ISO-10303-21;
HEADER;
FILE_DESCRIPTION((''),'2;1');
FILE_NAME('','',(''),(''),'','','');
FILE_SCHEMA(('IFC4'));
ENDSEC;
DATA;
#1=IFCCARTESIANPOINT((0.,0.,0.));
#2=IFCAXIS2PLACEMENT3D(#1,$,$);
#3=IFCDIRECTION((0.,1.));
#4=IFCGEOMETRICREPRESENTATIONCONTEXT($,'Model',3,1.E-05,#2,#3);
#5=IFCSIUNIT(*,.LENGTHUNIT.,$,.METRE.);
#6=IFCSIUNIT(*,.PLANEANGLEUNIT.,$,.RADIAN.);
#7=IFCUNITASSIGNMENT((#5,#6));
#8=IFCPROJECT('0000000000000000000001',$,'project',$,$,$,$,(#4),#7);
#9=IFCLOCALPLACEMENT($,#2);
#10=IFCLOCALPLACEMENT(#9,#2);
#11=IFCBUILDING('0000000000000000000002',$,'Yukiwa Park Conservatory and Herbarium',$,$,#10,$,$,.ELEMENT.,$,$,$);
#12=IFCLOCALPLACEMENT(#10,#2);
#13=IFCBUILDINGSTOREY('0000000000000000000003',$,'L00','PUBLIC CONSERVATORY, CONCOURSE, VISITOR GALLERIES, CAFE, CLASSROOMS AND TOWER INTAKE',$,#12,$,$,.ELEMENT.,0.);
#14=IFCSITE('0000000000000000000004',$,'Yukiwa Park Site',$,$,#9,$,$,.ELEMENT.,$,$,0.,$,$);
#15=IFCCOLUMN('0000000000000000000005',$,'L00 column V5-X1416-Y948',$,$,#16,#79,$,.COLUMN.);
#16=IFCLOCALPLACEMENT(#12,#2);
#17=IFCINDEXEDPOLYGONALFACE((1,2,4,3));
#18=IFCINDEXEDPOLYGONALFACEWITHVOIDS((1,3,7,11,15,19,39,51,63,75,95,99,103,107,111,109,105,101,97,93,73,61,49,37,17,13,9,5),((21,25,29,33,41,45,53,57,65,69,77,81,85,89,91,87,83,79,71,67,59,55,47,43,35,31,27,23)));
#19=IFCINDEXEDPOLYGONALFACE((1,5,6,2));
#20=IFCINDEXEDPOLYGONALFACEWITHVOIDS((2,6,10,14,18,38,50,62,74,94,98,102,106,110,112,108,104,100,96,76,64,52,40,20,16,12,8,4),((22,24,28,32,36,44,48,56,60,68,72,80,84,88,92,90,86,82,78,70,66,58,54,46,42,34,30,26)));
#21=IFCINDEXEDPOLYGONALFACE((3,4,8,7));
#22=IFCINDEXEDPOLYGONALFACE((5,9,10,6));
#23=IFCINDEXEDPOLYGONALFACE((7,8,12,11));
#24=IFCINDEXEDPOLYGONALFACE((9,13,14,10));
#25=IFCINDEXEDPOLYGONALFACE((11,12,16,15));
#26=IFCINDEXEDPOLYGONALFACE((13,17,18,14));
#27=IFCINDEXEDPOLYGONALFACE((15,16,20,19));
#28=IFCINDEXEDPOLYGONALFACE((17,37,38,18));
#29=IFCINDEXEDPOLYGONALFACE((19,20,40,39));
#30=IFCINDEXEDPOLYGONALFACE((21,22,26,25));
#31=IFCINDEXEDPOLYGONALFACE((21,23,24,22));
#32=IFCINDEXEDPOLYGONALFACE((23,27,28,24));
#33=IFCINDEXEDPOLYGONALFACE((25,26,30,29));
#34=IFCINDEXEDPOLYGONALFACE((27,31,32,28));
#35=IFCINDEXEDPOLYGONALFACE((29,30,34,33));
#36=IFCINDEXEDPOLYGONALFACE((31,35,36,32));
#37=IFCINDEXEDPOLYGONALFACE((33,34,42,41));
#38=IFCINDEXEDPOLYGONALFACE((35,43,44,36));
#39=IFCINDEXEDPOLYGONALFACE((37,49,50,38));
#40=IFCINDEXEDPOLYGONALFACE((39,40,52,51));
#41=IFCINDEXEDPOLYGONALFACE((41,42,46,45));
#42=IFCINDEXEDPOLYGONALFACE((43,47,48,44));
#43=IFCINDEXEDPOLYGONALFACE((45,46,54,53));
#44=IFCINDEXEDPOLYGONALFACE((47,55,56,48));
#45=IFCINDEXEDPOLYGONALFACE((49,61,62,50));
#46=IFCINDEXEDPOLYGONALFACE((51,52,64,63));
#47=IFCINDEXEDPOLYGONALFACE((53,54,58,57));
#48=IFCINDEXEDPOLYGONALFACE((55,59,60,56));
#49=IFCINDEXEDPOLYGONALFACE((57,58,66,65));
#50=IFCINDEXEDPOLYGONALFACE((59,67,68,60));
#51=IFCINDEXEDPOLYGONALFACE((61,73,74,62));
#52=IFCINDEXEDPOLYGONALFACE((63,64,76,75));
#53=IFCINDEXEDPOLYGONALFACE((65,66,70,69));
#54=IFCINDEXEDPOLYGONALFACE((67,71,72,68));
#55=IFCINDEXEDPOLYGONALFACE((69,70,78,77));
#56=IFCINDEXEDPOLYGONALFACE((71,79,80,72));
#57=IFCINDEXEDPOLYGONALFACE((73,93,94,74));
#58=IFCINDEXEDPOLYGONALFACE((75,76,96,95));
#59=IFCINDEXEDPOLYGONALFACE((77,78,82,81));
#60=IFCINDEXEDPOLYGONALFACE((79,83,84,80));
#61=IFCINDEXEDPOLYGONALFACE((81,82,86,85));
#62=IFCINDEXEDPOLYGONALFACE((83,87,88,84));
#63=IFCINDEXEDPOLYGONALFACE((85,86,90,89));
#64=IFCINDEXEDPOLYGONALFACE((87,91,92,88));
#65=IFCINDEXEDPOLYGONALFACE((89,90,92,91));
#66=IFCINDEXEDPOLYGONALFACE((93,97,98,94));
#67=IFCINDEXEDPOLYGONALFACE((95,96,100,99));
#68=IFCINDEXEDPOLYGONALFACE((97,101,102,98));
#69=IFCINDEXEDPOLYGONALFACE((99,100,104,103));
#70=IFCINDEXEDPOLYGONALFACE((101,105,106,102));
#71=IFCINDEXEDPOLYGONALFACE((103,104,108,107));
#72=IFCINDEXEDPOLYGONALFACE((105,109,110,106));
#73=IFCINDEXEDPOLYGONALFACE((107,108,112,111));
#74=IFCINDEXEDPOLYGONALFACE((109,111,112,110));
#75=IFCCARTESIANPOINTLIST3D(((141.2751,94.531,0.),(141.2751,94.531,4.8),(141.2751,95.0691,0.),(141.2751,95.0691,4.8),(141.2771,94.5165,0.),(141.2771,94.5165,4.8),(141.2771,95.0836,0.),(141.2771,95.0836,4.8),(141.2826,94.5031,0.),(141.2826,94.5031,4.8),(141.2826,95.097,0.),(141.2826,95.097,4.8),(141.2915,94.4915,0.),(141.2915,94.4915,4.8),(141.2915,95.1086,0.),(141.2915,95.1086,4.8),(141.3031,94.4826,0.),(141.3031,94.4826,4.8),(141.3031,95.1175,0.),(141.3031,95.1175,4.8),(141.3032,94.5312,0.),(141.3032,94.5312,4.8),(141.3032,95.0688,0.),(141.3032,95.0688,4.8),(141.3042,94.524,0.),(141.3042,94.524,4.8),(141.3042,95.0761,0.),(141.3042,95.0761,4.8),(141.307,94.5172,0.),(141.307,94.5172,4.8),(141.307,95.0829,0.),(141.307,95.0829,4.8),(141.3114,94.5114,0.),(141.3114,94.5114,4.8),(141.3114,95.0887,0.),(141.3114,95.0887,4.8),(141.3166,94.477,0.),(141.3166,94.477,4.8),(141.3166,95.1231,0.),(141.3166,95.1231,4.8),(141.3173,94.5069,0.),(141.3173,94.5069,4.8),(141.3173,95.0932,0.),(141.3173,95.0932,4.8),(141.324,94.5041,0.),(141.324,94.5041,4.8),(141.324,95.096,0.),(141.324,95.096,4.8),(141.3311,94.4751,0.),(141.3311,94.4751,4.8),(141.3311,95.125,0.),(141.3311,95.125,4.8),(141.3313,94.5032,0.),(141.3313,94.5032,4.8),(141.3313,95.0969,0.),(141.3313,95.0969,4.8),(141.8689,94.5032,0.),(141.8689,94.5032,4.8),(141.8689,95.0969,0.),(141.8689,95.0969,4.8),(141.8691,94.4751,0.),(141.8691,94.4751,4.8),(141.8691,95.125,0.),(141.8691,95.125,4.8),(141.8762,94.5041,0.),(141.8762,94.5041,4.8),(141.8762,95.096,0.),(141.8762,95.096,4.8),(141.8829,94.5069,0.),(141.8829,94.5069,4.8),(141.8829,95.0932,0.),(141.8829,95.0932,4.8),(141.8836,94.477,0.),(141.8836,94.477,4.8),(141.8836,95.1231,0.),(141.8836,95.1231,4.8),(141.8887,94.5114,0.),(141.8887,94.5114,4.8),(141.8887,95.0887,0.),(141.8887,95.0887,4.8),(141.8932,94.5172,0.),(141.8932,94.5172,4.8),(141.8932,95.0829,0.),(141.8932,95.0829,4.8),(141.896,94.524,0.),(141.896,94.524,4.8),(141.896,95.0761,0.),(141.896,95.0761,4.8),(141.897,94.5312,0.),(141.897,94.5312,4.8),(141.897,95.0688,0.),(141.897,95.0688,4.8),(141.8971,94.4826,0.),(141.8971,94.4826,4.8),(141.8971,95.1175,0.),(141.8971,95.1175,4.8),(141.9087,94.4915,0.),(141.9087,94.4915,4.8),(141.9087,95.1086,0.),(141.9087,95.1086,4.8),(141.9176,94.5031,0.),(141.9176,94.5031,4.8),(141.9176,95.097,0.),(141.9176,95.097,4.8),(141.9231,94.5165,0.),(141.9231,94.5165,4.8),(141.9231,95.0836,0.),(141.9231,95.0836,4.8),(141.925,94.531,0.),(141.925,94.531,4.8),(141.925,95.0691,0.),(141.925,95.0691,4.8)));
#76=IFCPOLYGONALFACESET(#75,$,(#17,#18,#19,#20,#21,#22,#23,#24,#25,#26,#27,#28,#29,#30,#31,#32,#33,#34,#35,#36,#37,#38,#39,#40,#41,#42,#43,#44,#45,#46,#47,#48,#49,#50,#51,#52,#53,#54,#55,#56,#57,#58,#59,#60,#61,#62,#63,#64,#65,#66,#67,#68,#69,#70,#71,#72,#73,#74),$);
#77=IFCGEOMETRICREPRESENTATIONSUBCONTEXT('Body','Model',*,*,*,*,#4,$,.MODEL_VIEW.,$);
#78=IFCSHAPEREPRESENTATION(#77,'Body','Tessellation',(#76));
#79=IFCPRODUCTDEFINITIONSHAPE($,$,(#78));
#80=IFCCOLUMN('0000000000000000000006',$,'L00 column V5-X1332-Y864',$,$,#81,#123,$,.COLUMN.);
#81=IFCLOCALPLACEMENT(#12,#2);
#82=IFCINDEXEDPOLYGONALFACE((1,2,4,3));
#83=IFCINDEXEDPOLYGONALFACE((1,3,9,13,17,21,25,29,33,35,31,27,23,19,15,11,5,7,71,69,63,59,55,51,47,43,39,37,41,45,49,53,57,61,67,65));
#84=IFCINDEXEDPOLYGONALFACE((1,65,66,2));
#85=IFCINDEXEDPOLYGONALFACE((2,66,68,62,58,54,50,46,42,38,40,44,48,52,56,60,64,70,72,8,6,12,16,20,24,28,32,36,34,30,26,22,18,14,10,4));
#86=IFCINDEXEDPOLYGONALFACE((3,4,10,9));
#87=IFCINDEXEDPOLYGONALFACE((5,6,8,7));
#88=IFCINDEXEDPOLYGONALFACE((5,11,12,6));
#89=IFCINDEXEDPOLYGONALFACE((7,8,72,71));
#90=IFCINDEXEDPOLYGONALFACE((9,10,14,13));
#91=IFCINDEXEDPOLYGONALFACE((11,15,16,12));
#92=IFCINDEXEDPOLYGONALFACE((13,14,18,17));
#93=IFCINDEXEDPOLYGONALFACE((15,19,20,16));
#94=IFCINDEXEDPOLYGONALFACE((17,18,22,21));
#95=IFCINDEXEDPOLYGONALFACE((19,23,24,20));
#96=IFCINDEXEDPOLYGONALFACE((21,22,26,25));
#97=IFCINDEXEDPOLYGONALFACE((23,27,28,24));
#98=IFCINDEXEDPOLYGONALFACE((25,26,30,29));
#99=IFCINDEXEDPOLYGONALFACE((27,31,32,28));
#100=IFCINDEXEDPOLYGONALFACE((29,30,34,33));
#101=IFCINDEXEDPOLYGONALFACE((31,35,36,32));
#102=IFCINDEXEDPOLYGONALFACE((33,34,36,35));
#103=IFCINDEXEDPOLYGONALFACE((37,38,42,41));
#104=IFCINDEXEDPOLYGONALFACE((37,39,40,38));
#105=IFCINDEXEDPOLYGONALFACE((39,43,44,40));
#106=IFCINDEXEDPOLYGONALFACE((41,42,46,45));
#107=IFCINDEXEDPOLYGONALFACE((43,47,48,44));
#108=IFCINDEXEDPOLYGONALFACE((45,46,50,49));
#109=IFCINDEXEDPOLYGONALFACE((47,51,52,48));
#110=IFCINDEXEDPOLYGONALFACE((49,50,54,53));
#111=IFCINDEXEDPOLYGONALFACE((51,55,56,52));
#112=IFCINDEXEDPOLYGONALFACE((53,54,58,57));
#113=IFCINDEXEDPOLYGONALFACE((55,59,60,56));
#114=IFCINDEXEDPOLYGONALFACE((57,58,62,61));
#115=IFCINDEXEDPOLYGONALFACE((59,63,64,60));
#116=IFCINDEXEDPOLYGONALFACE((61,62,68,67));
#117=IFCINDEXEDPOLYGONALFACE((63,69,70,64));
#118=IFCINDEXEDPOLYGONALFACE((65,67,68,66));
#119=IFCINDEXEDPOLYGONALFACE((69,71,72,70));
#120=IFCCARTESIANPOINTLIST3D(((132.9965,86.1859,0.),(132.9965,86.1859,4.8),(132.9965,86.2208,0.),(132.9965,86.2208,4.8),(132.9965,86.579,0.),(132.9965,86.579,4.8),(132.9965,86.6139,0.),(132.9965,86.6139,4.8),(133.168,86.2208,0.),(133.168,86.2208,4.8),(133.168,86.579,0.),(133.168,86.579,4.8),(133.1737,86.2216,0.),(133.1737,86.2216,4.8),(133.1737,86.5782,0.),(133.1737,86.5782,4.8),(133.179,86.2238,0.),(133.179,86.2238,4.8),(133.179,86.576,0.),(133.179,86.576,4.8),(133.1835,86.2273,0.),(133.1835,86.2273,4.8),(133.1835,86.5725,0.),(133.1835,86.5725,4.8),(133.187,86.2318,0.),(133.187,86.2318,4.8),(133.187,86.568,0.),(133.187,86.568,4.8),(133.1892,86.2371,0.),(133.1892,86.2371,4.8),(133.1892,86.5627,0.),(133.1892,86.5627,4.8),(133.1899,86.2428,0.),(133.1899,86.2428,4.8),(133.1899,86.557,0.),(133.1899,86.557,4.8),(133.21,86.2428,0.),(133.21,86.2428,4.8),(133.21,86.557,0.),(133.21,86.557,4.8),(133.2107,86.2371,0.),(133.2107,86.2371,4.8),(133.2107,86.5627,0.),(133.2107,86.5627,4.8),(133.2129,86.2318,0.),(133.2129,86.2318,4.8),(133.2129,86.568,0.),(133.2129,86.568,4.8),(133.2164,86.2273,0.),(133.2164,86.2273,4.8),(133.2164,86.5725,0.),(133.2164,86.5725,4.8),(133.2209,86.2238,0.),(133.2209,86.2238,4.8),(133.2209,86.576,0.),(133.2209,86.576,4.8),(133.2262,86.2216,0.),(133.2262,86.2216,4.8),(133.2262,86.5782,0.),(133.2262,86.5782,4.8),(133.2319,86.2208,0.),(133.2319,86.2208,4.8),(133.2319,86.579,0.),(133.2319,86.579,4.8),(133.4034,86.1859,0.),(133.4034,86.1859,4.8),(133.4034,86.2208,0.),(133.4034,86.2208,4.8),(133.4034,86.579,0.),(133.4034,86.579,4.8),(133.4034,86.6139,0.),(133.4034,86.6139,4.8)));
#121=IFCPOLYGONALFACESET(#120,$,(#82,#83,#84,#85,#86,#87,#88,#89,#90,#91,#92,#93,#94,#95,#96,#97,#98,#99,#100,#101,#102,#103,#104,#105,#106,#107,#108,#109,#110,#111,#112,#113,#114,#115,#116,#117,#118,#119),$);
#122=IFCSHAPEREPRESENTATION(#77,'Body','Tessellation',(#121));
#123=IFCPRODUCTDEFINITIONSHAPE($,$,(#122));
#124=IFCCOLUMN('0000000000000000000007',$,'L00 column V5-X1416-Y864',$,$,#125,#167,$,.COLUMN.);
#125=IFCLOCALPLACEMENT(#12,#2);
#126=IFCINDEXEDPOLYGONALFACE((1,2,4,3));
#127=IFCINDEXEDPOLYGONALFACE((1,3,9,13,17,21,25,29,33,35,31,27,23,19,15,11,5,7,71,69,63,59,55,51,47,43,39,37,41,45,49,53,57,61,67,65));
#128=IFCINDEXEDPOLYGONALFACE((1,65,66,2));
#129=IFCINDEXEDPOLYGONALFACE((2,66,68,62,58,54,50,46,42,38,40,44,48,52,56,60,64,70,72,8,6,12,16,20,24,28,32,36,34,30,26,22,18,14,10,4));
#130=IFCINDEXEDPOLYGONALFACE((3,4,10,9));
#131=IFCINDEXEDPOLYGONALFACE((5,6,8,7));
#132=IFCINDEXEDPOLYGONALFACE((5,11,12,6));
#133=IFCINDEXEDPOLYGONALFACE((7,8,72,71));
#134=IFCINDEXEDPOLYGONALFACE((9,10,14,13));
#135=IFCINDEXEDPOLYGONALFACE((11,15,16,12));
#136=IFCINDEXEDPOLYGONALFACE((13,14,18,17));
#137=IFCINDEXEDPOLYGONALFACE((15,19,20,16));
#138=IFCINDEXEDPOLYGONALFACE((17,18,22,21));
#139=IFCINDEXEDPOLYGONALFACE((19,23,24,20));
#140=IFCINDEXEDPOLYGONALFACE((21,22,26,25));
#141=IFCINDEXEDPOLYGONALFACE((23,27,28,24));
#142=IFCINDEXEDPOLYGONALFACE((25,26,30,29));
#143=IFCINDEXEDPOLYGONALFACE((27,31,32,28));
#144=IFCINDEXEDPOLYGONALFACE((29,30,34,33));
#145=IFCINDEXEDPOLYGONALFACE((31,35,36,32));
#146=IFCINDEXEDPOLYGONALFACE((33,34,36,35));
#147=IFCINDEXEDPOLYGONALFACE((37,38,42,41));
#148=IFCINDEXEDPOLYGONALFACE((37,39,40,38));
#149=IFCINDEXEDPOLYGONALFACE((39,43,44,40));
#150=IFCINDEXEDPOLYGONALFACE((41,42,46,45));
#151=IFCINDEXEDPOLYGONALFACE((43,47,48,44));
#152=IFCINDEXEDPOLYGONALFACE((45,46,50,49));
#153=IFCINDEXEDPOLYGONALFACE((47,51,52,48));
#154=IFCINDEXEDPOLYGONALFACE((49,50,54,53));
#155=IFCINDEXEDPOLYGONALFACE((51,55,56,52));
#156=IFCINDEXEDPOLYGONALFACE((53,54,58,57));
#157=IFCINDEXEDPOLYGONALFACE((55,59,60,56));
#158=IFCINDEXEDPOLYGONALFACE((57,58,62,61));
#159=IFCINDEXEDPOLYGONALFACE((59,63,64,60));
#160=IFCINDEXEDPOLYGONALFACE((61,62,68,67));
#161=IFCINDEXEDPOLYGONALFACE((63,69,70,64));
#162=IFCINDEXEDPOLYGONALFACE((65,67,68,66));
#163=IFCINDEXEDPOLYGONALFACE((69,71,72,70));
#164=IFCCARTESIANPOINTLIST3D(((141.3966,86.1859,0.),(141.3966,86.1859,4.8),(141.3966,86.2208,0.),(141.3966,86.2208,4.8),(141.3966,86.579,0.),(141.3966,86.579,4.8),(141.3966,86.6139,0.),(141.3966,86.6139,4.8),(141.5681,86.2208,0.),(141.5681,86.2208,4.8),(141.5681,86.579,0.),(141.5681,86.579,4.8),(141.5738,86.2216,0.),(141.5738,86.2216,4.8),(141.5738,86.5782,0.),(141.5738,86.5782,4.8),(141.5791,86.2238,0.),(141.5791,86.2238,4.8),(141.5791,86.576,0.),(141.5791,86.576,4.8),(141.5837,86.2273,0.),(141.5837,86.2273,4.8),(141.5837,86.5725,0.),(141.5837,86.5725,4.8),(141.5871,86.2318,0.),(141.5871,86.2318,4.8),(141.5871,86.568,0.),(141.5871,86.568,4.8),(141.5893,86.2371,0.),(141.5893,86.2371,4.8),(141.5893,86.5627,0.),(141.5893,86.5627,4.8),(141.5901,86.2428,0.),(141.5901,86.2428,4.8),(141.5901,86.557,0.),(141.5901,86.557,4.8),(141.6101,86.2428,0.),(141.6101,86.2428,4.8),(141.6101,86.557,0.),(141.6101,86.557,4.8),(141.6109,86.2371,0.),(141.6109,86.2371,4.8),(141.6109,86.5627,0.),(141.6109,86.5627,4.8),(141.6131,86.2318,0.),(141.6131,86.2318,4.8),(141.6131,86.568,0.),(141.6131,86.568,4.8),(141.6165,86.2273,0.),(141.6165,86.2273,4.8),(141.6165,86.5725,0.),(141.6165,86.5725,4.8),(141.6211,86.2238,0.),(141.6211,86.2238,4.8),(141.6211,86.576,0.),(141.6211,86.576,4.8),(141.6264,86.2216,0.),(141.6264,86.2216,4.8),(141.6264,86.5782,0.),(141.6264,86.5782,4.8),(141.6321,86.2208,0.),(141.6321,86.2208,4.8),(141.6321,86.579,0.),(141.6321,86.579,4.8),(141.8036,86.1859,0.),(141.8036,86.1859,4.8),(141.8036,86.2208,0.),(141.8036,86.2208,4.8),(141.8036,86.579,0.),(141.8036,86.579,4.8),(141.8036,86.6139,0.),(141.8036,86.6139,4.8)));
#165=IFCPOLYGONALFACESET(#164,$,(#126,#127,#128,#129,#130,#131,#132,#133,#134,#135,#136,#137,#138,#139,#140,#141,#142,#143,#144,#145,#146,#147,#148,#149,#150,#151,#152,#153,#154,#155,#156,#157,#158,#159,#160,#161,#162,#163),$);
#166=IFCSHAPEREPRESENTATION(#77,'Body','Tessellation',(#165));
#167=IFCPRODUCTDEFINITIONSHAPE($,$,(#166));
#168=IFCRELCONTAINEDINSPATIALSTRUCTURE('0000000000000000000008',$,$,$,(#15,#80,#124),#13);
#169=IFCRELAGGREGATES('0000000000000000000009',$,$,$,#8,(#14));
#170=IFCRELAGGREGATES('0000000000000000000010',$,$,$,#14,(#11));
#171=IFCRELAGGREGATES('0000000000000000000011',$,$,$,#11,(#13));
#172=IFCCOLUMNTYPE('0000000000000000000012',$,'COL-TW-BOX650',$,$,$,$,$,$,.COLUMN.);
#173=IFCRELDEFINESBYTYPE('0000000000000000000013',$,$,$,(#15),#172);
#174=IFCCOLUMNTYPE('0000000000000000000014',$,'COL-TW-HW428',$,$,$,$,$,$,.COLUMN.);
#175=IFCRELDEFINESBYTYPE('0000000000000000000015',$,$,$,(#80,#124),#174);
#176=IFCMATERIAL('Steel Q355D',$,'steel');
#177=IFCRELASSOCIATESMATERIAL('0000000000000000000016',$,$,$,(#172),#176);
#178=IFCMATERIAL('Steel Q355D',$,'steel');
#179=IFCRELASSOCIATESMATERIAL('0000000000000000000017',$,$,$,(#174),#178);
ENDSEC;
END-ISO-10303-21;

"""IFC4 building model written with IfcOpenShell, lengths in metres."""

from ifc_helpers import new_model, si_unit, direction, frame, origin, origin_2d, place, context, subcontext, project, spatial, hollow_rectangle, i_section, extrude, material, material_profile, profile_set, type_object, element, save


model = new_model("IFC4")

# Units and contexts
model_context = context("Model", 3, precision=1e-05, world=origin(), true_north=direction((0.0, 1.0)))
body_context = subcontext(model_context, "Body", "Model", "MODEL_VIEW")
ifc_project = project(units=[si_unit("LENGTHUNIT", "METRE"), si_unit("PLANEANGLEUNIT", "RADIAN")], contexts=[model_context])

# Site, building, storey
site_placement = place(None, origin())
site = spatial("IfcSite", under=ifc_project, at=site_placement, Name="Yukiwa Park Site", CompositionType="ELEMENT", RefElevation=0.0)
building_placement = place(site_placement, origin())
building = spatial("IfcBuilding", under=site, at=building_placement, Name="Yukiwa Park Conservatory and Herbarium", CompositionType="ELEMENT")
storey_placement = place(building_placement, origin())
storey = spatial("IfcBuildingStorey", under=building, at=storey_placement, Name="L00", Description="PUBLIC CONSERVATORY, CONCOURSE, VISITOR GALLERIES, CAFE, CLASSROOMS AND TOWER INTAKE", CompositionType="ELEMENT", Elevation=0.0)

# Columns
ifc_material_1 = material(Name="Steel Q355D", Category="steel")
ifc_material_profile_1 = material_profile(ifc_material_1, hollow_rectangle(XDim=0.6499, YDim=0.6499, WallThickness=0.0281, InnerFilletRadius=0.0281, OuterFilletRadius=0.0559, at=origin_2d()), Name="BOX 650x650x28")
ifc_profile_set_1 = profile_set([ifc_material_profile_1], Name="Steel Q355D")
column_type_1 = type_object("IfcColumnType", Name="COL-TW-BOX650", PredefinedType="COLUMN", material=ifc_profile_set_1)
for number, where, z_axis, x_axis, name in (
    (1, (141.6001, 94.8, 0.0), (0.0, 0.0, 1.0), (1.0, 0.0, 0.0), "L00 column V5-X1416-Y948"),
):
    element("IfcColumn", number, at=place(storey_placement, frame(where, z_axis=z_axis, x_axis=x_axis)), inside=storey, type_object=column_type_1, Name=name, PredefinedType="COLUMN", context=body_context, shape_type="SweptSolid", body=[
        extrude(hollow_rectangle(XDim=0.6499, YDim=0.6499, WallThickness=0.0281, InnerFilletRadius=0.0281, OuterFilletRadius=0.0559, at=origin_2d()), origin(), (0.0, 0.0, 1.0), 4.8),
    ])
ifc_material_2 = material(Name="Steel Q355D", Category="steel")
ifc_material_profile_2 = material_profile(ifc_material_2, i_section(OverallWidth=0.407, OverallDepth=0.428, WebThickness=0.02, FlangeThickness=0.0349, FilletRadius=0.022, at=origin_2d()), Name="HW 428x407x20x35")
ifc_profile_set_2 = profile_set([ifc_material_profile_2], Name="Steel Q355D")
column_type_2 = type_object("IfcColumnType", Name="COL-TW-HW428", PredefinedType="COLUMN", material=ifc_profile_set_2)
for number, where, z_axis, x_axis, name in (
    (2, (133.2, 86.3999, 0.0), (0.0, 0.0, 1.0), (1.0, 0.0, 0.0), "L00 column V5-X1332-Y864"),
    (3, (141.6001, 86.3999, 0.0), (0.0, 0.0, 1.0), (1.0, 0.0, 0.0), "L00 column V5-X1416-Y864"),
):
    element("IfcColumn", number, at=place(storey_placement, frame(where, z_axis=z_axis, x_axis=x_axis)), inside=storey, type_object=column_type_2, Name=name, PredefinedType="COLUMN", context=body_context, shape_type="SweptSolid", body=[
        extrude(i_section(OverallWidth=0.407, OverallDepth=0.428, WebThickness=0.02, FlangeThickness=0.0349, FilletRadius=0.022, at=origin_2d()), origin(), (0.0, 0.0, 1.0), 4.8),
    ])

save(model, "model.ifc")
